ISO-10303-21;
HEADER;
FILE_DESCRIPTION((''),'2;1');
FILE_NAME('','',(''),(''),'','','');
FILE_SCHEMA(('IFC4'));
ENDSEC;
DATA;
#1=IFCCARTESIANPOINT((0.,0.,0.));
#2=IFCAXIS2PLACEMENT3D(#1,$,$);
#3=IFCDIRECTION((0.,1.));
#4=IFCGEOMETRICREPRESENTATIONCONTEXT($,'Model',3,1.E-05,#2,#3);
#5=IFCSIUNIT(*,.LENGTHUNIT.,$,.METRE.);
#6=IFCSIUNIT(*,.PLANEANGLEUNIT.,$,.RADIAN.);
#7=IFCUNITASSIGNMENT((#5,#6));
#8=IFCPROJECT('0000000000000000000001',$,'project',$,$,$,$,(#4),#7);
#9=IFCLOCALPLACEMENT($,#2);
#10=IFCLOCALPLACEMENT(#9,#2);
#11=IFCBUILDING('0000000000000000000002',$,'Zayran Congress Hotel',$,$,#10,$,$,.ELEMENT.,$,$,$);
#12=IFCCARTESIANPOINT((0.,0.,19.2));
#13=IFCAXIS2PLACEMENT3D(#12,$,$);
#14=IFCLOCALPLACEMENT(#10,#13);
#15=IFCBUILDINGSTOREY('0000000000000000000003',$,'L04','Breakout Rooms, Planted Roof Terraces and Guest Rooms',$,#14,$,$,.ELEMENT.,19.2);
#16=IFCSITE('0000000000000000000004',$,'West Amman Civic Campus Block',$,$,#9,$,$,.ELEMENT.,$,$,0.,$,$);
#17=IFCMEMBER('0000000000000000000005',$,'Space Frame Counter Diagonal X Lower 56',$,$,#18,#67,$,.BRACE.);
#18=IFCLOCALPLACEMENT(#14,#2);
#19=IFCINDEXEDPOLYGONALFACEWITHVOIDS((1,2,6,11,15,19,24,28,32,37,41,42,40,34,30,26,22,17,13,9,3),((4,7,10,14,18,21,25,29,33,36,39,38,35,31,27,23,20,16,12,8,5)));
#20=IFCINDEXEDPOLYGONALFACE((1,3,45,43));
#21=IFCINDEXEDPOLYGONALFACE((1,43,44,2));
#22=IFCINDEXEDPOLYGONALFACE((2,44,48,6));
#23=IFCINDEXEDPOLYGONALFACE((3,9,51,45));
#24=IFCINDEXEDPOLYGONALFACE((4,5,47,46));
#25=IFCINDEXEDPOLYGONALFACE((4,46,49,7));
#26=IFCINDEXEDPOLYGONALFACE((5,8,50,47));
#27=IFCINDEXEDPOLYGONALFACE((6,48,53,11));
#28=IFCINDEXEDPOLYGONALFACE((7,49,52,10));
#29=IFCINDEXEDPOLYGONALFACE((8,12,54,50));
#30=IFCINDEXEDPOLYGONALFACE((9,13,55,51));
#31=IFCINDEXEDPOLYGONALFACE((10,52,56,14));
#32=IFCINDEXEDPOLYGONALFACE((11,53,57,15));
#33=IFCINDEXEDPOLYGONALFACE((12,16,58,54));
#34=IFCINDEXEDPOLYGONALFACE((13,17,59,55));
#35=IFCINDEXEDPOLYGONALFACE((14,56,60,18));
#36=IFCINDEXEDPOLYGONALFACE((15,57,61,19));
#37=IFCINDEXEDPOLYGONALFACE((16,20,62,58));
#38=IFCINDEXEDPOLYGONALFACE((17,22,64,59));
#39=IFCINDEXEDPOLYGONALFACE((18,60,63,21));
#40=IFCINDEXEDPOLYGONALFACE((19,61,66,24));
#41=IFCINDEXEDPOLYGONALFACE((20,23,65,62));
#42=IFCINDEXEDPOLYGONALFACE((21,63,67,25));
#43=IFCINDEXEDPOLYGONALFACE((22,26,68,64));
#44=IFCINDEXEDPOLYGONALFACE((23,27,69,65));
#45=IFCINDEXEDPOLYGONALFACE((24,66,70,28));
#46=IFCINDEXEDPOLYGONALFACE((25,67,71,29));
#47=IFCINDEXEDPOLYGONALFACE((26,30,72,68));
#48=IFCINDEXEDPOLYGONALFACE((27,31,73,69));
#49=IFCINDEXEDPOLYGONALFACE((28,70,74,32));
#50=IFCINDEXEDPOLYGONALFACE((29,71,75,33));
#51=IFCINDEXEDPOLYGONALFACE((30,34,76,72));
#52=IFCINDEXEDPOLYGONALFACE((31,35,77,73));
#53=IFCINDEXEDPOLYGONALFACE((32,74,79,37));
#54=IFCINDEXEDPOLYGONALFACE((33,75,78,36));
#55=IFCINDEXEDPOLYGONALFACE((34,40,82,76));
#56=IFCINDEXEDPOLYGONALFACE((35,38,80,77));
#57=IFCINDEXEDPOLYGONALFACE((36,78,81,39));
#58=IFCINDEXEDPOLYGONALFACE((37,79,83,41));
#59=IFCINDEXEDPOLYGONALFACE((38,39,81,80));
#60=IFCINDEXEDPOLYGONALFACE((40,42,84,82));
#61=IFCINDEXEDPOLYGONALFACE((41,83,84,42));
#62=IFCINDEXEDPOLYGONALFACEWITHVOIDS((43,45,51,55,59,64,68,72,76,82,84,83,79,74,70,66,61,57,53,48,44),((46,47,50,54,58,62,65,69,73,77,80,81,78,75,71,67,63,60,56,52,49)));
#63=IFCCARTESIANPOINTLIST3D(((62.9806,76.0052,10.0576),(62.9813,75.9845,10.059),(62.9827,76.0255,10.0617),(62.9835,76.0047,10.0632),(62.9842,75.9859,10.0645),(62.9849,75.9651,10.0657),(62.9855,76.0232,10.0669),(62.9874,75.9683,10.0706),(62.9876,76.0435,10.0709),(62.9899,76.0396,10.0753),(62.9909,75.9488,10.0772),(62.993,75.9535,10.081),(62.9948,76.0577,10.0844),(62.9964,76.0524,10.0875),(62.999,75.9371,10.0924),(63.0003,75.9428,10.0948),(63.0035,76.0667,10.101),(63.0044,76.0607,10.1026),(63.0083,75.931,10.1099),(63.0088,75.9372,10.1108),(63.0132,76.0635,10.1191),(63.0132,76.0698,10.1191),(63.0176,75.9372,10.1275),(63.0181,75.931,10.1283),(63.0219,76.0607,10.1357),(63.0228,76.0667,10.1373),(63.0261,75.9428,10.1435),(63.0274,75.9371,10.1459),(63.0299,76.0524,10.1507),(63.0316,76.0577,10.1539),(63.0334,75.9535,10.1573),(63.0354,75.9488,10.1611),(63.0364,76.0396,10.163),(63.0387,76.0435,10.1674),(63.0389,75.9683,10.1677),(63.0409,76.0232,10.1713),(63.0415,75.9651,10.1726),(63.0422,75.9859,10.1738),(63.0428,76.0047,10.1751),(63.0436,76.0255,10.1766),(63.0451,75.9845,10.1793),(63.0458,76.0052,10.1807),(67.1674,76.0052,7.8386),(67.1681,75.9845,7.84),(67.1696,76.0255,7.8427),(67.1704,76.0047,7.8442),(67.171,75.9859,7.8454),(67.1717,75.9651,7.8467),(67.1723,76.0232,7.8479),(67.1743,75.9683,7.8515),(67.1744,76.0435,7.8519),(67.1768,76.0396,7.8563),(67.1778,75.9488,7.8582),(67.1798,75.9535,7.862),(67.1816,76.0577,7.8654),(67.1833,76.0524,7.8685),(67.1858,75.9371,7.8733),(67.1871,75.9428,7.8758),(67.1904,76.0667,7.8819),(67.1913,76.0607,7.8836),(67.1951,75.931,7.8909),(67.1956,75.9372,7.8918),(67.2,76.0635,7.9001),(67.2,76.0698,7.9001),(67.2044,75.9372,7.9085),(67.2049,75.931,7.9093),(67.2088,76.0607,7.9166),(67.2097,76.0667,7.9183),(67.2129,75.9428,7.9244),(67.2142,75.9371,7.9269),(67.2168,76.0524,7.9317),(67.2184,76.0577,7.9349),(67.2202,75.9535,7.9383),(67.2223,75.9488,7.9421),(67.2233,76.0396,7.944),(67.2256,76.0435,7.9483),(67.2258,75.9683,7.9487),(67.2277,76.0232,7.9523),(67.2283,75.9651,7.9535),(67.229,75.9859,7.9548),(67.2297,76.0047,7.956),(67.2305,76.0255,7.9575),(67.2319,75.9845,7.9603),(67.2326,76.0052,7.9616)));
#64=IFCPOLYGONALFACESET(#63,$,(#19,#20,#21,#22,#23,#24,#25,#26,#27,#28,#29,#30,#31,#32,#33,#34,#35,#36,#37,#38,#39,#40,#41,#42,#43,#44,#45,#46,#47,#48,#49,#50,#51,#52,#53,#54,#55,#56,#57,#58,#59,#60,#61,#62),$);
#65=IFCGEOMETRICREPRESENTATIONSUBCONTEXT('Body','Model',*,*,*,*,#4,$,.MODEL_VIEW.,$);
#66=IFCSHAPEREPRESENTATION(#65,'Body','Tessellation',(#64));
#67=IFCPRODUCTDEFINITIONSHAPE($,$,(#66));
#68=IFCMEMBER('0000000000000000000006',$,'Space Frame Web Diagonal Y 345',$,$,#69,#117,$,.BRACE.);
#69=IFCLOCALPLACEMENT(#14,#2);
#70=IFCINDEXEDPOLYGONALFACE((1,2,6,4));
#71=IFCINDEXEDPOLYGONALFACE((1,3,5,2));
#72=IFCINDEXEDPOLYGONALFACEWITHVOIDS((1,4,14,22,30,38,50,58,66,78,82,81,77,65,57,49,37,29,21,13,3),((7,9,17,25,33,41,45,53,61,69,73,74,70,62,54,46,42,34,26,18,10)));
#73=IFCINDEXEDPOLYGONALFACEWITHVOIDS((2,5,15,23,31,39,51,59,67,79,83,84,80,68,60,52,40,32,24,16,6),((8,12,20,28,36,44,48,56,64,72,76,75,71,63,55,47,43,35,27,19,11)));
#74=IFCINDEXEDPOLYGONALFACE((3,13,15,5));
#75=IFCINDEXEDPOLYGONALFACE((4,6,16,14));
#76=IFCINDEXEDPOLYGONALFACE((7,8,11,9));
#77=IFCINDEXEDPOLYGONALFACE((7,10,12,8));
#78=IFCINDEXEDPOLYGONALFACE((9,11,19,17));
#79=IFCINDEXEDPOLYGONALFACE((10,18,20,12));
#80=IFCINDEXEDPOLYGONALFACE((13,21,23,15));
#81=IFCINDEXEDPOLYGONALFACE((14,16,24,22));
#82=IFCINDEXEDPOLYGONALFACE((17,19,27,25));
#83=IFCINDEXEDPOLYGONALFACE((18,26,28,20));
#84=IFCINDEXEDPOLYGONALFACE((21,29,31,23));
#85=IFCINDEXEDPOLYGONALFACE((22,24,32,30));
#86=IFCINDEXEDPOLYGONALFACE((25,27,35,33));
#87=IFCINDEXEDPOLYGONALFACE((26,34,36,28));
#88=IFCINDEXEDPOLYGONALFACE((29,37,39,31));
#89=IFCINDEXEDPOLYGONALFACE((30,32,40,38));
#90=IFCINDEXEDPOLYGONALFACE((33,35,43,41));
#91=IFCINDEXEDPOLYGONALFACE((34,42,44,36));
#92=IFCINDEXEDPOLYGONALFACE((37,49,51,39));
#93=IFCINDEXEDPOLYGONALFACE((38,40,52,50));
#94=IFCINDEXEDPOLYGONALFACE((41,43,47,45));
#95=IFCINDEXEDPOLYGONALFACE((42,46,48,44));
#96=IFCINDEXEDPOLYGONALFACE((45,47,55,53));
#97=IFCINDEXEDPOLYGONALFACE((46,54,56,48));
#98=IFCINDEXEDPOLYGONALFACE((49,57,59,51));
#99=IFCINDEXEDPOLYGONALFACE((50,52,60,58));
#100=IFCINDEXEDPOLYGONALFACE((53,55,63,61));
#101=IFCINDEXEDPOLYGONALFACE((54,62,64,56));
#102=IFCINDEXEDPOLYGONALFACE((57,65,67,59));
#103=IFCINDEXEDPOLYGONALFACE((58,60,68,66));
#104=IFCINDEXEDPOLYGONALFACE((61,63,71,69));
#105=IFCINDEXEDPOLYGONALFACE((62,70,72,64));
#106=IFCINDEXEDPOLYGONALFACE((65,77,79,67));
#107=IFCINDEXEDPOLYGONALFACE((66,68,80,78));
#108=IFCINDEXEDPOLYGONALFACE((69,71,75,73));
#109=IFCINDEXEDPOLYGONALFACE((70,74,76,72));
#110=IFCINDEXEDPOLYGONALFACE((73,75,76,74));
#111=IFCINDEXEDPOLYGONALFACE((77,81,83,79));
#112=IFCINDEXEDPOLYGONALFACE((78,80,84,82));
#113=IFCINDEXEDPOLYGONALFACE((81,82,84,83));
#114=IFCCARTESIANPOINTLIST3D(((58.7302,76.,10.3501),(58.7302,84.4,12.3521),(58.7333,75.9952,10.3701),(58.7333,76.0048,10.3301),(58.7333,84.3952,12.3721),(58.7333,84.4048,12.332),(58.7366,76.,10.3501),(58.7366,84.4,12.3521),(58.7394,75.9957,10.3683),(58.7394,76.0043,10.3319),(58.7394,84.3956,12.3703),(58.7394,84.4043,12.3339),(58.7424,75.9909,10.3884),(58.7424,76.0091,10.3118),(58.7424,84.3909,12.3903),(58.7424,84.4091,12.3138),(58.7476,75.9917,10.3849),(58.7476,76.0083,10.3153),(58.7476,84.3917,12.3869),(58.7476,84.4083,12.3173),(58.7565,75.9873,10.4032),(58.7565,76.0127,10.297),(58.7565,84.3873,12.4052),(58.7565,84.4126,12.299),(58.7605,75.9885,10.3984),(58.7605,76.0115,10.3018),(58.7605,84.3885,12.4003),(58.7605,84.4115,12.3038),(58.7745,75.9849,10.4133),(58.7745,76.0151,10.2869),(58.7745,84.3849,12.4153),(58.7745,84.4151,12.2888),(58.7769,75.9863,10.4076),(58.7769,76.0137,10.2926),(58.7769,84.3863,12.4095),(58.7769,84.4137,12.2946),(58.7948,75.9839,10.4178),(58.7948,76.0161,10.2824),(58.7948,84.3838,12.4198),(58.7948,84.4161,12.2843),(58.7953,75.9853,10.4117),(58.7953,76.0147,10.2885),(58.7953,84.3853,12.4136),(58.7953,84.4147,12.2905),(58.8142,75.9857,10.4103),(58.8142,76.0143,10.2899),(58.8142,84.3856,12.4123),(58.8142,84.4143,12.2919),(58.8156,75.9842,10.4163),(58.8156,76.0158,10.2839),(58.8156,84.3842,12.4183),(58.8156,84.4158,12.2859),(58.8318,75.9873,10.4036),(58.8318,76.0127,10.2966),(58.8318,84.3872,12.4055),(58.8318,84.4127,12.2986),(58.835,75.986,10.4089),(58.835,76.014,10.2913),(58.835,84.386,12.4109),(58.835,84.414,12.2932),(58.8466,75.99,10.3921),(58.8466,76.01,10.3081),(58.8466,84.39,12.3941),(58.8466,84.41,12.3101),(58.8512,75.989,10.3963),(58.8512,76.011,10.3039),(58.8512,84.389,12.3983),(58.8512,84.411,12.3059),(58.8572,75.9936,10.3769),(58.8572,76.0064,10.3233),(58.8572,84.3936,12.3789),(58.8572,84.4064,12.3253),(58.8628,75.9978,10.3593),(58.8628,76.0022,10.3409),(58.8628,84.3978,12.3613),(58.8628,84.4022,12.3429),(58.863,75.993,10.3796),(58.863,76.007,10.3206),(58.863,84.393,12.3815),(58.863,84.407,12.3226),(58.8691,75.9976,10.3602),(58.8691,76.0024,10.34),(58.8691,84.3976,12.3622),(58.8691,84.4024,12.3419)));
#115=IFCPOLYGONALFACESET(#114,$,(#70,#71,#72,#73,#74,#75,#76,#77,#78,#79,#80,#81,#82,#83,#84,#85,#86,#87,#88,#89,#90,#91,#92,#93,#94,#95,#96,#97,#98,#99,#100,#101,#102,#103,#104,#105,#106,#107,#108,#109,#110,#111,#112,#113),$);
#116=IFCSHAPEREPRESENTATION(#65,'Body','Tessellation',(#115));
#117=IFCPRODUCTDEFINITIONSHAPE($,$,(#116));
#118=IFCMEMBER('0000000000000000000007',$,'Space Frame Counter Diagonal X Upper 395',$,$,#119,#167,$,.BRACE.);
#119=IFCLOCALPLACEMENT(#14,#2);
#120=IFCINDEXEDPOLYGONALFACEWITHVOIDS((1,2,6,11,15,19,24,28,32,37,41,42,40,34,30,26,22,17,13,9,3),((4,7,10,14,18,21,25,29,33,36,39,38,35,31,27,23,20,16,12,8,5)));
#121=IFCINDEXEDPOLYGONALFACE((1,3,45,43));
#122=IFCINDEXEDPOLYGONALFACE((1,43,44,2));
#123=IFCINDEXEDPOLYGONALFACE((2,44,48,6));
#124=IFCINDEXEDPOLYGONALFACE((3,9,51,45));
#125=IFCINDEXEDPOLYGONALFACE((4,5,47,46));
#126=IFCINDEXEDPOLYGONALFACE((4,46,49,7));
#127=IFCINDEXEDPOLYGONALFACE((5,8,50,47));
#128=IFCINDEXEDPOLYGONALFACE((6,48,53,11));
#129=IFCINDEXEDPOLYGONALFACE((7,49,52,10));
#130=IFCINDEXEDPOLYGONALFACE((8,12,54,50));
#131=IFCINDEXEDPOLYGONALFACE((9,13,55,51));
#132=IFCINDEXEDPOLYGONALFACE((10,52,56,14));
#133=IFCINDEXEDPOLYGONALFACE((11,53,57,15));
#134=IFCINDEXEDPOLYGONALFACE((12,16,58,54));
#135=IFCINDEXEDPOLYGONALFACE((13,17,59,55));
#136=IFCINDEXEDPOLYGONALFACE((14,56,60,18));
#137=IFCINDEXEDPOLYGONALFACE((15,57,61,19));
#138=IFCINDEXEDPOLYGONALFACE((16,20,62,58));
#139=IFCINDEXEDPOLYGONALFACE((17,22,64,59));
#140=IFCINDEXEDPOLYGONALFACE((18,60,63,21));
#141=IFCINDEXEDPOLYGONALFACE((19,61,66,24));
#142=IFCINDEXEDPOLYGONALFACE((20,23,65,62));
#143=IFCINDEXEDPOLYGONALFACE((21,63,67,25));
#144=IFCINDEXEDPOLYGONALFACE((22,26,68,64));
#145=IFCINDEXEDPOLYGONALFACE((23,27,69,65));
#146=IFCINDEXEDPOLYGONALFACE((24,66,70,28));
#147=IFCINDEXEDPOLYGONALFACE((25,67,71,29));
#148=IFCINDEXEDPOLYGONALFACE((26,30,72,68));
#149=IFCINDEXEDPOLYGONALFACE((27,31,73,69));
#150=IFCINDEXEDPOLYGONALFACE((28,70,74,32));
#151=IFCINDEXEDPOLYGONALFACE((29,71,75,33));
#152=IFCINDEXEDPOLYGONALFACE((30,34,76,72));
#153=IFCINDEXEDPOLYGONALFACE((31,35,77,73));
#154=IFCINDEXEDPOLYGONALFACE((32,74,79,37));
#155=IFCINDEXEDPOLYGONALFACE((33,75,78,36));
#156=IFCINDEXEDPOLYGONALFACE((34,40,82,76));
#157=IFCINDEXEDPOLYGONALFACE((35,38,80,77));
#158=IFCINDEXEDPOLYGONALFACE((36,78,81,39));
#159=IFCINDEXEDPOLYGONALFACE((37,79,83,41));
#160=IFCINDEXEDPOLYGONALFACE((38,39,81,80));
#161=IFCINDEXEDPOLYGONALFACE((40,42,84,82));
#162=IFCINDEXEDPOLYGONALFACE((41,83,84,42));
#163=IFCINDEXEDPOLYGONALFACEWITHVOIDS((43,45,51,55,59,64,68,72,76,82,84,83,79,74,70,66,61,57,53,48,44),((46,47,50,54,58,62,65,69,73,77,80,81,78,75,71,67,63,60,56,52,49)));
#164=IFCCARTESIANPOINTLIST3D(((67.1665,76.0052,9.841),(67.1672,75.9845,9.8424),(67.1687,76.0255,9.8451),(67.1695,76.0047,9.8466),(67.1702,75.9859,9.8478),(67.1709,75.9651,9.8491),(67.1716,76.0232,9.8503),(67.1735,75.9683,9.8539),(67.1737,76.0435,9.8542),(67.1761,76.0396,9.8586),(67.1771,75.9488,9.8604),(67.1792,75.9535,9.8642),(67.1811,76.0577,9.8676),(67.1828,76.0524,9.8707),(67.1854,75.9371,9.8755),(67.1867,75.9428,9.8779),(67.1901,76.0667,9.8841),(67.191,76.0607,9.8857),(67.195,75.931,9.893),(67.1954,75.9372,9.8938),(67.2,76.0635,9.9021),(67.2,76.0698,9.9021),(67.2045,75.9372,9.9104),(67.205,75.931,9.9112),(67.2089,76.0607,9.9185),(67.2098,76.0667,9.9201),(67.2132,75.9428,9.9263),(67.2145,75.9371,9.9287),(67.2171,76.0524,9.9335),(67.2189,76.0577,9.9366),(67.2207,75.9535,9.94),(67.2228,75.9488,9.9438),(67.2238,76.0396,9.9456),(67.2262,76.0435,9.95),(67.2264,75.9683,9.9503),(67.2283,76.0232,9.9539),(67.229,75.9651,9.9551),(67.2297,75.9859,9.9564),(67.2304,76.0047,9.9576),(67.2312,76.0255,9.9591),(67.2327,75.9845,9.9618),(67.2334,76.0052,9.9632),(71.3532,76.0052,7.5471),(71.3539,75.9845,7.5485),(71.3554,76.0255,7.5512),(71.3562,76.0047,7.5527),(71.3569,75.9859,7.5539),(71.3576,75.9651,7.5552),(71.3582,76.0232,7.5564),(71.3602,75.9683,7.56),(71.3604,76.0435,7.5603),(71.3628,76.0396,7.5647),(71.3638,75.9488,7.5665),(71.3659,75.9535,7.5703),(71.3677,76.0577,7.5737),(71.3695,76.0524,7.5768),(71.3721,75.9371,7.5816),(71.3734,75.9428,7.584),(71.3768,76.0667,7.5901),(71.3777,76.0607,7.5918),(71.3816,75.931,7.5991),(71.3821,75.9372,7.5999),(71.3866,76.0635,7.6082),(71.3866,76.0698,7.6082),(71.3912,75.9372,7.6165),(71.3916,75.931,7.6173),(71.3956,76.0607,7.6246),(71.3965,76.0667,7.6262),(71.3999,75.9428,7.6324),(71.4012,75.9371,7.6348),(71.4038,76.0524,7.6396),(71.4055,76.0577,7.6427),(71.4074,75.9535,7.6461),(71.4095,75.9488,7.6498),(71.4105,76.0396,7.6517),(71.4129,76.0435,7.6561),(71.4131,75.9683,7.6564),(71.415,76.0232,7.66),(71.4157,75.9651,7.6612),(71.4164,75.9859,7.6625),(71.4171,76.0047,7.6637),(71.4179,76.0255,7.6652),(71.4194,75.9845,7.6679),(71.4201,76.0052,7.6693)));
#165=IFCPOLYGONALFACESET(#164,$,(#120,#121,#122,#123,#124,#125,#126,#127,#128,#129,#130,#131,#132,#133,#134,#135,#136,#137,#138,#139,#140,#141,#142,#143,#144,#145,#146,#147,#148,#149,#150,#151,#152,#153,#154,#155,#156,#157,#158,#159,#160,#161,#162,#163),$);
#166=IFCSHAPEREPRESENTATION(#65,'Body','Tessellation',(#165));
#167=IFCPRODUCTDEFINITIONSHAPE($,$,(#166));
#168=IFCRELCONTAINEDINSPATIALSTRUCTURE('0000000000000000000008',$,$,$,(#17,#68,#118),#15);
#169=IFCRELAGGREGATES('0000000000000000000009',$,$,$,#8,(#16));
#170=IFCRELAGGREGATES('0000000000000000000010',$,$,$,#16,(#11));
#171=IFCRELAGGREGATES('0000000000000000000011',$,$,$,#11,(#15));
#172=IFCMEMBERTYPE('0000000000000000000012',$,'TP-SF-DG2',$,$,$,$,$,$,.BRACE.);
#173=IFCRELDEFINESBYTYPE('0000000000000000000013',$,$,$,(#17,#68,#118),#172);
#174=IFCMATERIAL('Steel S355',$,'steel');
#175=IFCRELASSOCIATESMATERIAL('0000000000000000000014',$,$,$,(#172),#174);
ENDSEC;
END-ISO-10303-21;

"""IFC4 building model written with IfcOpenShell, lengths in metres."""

from ifc_helpers import new_model, si_unit, direction, frame, origin, origin_2d, place, context, subcontext, project, spatial, hollow_circle, extrude, material, material_profile, profile_set, type_object, element, save


model = new_model("IFC4")

# Units and contexts
model_context = context("Model", 3, precision=1e-05, world=origin(), true_north=direction((0.0, 1.0)))
body_context = subcontext(model_context, "Body", "Model", "MODEL_VIEW")
ifc_project = project(units=[si_unit("LENGTHUNIT", "METRE"), si_unit("PLANEANGLEUNIT", "RADIAN")], contexts=[model_context])

# Site, building, storey
site_placement = place(None, origin())
site = spatial("IfcSite", under=ifc_project, at=site_placement, Name="West Amman Civic Campus Block", CompositionType="ELEMENT", RefElevation=0.0)
building_placement = place(site_placement, origin())
building = spatial("IfcBuilding", under=site, at=building_placement, Name="Zayran Congress Hotel", CompositionType="ELEMENT")
storey_placement = place(building_placement, frame((0.0, 0.0, 19.2)))
storey = spatial("IfcBuildingStorey", under=building, at=storey_placement, Name="L04", Description="Breakout Rooms, Planted Roof Terraces and Guest Rooms", CompositionType="ELEMENT", Elevation=19.2)

# Members
ifc_material_1 = material(Name="Steel S355", Category="steel")
ifc_material_profile_1 = material_profile(ifc_material_1, hollow_circle(Radius=0.0698, WallThickness=0.0063, at=origin_2d()), Name="CHS 139.7x6.3")
ifc_profile_set_1 = profile_set([ifc_material_profile_1], Name="Steel S355")
member_type_1 = type_object("IfcMemberType", Name="TP-SF-DG2", PredefinedType="BRACE", material=ifc_profile_set_1)
member_1_placement = place(storey_placement, frame((63.0132, 76.0, 10.1191), z_axis=(0.883572, 0.0, -0.468295), x_axis=(0.0, 1.0, 0.0)))
element("IfcMember", 1, at=member_1_placement, inside=storey, type_object=member_type_1, Name="Space Frame Counter Diagonal X Lower 56", PredefinedType="BRACE", context=body_context, shape_type="SweptSolid", body=[
    extrude(hollow_circle(Radius=0.0698, WallThickness=0.0063, at=origin_2d()), origin(), (0.0, 0.0, 1.0), 4.7385),
])
member_2_placement = place(storey_placement, frame((58.8, 76.0, 10.3501), z_axis=(0.0, 0.972755, 0.231837), x_axis=(-1.0, 0.0, 0.0)))
element("IfcMember", 2, at=member_2_placement, inside=storey, type_object=member_type_1, Name="Space Frame Web Diagonal Y 345", PredefinedType="BRACE", context=body_context, shape_type="SweptSolid", body=[
    extrude(hollow_circle(Radius=0.0698, WallThickness=0.0063, at=origin_2d()), origin(), (0.0, 0.0, 1.0), 8.6353),
])
member_3_placement = place(storey_placement, frame((67.2, 76.0, 9.9021), z_axis=(0.876991, 0.0, -0.480507), x_axis=(0.0, 1.0, 0.0)))
element("IfcMember", 3, at=member_3_placement, inside=storey, type_object=member_type_1, Name="Space Frame Counter Diagonal X Upper 395", PredefinedType="BRACE", context=body_context, shape_type="SweptSolid", body=[
    extrude(hollow_circle(Radius=0.0698, WallThickness=0.0063, at=origin_2d()), origin(), (0.0, 0.0, 1.0), 4.7739),
])

save(model, "model.ifc")
